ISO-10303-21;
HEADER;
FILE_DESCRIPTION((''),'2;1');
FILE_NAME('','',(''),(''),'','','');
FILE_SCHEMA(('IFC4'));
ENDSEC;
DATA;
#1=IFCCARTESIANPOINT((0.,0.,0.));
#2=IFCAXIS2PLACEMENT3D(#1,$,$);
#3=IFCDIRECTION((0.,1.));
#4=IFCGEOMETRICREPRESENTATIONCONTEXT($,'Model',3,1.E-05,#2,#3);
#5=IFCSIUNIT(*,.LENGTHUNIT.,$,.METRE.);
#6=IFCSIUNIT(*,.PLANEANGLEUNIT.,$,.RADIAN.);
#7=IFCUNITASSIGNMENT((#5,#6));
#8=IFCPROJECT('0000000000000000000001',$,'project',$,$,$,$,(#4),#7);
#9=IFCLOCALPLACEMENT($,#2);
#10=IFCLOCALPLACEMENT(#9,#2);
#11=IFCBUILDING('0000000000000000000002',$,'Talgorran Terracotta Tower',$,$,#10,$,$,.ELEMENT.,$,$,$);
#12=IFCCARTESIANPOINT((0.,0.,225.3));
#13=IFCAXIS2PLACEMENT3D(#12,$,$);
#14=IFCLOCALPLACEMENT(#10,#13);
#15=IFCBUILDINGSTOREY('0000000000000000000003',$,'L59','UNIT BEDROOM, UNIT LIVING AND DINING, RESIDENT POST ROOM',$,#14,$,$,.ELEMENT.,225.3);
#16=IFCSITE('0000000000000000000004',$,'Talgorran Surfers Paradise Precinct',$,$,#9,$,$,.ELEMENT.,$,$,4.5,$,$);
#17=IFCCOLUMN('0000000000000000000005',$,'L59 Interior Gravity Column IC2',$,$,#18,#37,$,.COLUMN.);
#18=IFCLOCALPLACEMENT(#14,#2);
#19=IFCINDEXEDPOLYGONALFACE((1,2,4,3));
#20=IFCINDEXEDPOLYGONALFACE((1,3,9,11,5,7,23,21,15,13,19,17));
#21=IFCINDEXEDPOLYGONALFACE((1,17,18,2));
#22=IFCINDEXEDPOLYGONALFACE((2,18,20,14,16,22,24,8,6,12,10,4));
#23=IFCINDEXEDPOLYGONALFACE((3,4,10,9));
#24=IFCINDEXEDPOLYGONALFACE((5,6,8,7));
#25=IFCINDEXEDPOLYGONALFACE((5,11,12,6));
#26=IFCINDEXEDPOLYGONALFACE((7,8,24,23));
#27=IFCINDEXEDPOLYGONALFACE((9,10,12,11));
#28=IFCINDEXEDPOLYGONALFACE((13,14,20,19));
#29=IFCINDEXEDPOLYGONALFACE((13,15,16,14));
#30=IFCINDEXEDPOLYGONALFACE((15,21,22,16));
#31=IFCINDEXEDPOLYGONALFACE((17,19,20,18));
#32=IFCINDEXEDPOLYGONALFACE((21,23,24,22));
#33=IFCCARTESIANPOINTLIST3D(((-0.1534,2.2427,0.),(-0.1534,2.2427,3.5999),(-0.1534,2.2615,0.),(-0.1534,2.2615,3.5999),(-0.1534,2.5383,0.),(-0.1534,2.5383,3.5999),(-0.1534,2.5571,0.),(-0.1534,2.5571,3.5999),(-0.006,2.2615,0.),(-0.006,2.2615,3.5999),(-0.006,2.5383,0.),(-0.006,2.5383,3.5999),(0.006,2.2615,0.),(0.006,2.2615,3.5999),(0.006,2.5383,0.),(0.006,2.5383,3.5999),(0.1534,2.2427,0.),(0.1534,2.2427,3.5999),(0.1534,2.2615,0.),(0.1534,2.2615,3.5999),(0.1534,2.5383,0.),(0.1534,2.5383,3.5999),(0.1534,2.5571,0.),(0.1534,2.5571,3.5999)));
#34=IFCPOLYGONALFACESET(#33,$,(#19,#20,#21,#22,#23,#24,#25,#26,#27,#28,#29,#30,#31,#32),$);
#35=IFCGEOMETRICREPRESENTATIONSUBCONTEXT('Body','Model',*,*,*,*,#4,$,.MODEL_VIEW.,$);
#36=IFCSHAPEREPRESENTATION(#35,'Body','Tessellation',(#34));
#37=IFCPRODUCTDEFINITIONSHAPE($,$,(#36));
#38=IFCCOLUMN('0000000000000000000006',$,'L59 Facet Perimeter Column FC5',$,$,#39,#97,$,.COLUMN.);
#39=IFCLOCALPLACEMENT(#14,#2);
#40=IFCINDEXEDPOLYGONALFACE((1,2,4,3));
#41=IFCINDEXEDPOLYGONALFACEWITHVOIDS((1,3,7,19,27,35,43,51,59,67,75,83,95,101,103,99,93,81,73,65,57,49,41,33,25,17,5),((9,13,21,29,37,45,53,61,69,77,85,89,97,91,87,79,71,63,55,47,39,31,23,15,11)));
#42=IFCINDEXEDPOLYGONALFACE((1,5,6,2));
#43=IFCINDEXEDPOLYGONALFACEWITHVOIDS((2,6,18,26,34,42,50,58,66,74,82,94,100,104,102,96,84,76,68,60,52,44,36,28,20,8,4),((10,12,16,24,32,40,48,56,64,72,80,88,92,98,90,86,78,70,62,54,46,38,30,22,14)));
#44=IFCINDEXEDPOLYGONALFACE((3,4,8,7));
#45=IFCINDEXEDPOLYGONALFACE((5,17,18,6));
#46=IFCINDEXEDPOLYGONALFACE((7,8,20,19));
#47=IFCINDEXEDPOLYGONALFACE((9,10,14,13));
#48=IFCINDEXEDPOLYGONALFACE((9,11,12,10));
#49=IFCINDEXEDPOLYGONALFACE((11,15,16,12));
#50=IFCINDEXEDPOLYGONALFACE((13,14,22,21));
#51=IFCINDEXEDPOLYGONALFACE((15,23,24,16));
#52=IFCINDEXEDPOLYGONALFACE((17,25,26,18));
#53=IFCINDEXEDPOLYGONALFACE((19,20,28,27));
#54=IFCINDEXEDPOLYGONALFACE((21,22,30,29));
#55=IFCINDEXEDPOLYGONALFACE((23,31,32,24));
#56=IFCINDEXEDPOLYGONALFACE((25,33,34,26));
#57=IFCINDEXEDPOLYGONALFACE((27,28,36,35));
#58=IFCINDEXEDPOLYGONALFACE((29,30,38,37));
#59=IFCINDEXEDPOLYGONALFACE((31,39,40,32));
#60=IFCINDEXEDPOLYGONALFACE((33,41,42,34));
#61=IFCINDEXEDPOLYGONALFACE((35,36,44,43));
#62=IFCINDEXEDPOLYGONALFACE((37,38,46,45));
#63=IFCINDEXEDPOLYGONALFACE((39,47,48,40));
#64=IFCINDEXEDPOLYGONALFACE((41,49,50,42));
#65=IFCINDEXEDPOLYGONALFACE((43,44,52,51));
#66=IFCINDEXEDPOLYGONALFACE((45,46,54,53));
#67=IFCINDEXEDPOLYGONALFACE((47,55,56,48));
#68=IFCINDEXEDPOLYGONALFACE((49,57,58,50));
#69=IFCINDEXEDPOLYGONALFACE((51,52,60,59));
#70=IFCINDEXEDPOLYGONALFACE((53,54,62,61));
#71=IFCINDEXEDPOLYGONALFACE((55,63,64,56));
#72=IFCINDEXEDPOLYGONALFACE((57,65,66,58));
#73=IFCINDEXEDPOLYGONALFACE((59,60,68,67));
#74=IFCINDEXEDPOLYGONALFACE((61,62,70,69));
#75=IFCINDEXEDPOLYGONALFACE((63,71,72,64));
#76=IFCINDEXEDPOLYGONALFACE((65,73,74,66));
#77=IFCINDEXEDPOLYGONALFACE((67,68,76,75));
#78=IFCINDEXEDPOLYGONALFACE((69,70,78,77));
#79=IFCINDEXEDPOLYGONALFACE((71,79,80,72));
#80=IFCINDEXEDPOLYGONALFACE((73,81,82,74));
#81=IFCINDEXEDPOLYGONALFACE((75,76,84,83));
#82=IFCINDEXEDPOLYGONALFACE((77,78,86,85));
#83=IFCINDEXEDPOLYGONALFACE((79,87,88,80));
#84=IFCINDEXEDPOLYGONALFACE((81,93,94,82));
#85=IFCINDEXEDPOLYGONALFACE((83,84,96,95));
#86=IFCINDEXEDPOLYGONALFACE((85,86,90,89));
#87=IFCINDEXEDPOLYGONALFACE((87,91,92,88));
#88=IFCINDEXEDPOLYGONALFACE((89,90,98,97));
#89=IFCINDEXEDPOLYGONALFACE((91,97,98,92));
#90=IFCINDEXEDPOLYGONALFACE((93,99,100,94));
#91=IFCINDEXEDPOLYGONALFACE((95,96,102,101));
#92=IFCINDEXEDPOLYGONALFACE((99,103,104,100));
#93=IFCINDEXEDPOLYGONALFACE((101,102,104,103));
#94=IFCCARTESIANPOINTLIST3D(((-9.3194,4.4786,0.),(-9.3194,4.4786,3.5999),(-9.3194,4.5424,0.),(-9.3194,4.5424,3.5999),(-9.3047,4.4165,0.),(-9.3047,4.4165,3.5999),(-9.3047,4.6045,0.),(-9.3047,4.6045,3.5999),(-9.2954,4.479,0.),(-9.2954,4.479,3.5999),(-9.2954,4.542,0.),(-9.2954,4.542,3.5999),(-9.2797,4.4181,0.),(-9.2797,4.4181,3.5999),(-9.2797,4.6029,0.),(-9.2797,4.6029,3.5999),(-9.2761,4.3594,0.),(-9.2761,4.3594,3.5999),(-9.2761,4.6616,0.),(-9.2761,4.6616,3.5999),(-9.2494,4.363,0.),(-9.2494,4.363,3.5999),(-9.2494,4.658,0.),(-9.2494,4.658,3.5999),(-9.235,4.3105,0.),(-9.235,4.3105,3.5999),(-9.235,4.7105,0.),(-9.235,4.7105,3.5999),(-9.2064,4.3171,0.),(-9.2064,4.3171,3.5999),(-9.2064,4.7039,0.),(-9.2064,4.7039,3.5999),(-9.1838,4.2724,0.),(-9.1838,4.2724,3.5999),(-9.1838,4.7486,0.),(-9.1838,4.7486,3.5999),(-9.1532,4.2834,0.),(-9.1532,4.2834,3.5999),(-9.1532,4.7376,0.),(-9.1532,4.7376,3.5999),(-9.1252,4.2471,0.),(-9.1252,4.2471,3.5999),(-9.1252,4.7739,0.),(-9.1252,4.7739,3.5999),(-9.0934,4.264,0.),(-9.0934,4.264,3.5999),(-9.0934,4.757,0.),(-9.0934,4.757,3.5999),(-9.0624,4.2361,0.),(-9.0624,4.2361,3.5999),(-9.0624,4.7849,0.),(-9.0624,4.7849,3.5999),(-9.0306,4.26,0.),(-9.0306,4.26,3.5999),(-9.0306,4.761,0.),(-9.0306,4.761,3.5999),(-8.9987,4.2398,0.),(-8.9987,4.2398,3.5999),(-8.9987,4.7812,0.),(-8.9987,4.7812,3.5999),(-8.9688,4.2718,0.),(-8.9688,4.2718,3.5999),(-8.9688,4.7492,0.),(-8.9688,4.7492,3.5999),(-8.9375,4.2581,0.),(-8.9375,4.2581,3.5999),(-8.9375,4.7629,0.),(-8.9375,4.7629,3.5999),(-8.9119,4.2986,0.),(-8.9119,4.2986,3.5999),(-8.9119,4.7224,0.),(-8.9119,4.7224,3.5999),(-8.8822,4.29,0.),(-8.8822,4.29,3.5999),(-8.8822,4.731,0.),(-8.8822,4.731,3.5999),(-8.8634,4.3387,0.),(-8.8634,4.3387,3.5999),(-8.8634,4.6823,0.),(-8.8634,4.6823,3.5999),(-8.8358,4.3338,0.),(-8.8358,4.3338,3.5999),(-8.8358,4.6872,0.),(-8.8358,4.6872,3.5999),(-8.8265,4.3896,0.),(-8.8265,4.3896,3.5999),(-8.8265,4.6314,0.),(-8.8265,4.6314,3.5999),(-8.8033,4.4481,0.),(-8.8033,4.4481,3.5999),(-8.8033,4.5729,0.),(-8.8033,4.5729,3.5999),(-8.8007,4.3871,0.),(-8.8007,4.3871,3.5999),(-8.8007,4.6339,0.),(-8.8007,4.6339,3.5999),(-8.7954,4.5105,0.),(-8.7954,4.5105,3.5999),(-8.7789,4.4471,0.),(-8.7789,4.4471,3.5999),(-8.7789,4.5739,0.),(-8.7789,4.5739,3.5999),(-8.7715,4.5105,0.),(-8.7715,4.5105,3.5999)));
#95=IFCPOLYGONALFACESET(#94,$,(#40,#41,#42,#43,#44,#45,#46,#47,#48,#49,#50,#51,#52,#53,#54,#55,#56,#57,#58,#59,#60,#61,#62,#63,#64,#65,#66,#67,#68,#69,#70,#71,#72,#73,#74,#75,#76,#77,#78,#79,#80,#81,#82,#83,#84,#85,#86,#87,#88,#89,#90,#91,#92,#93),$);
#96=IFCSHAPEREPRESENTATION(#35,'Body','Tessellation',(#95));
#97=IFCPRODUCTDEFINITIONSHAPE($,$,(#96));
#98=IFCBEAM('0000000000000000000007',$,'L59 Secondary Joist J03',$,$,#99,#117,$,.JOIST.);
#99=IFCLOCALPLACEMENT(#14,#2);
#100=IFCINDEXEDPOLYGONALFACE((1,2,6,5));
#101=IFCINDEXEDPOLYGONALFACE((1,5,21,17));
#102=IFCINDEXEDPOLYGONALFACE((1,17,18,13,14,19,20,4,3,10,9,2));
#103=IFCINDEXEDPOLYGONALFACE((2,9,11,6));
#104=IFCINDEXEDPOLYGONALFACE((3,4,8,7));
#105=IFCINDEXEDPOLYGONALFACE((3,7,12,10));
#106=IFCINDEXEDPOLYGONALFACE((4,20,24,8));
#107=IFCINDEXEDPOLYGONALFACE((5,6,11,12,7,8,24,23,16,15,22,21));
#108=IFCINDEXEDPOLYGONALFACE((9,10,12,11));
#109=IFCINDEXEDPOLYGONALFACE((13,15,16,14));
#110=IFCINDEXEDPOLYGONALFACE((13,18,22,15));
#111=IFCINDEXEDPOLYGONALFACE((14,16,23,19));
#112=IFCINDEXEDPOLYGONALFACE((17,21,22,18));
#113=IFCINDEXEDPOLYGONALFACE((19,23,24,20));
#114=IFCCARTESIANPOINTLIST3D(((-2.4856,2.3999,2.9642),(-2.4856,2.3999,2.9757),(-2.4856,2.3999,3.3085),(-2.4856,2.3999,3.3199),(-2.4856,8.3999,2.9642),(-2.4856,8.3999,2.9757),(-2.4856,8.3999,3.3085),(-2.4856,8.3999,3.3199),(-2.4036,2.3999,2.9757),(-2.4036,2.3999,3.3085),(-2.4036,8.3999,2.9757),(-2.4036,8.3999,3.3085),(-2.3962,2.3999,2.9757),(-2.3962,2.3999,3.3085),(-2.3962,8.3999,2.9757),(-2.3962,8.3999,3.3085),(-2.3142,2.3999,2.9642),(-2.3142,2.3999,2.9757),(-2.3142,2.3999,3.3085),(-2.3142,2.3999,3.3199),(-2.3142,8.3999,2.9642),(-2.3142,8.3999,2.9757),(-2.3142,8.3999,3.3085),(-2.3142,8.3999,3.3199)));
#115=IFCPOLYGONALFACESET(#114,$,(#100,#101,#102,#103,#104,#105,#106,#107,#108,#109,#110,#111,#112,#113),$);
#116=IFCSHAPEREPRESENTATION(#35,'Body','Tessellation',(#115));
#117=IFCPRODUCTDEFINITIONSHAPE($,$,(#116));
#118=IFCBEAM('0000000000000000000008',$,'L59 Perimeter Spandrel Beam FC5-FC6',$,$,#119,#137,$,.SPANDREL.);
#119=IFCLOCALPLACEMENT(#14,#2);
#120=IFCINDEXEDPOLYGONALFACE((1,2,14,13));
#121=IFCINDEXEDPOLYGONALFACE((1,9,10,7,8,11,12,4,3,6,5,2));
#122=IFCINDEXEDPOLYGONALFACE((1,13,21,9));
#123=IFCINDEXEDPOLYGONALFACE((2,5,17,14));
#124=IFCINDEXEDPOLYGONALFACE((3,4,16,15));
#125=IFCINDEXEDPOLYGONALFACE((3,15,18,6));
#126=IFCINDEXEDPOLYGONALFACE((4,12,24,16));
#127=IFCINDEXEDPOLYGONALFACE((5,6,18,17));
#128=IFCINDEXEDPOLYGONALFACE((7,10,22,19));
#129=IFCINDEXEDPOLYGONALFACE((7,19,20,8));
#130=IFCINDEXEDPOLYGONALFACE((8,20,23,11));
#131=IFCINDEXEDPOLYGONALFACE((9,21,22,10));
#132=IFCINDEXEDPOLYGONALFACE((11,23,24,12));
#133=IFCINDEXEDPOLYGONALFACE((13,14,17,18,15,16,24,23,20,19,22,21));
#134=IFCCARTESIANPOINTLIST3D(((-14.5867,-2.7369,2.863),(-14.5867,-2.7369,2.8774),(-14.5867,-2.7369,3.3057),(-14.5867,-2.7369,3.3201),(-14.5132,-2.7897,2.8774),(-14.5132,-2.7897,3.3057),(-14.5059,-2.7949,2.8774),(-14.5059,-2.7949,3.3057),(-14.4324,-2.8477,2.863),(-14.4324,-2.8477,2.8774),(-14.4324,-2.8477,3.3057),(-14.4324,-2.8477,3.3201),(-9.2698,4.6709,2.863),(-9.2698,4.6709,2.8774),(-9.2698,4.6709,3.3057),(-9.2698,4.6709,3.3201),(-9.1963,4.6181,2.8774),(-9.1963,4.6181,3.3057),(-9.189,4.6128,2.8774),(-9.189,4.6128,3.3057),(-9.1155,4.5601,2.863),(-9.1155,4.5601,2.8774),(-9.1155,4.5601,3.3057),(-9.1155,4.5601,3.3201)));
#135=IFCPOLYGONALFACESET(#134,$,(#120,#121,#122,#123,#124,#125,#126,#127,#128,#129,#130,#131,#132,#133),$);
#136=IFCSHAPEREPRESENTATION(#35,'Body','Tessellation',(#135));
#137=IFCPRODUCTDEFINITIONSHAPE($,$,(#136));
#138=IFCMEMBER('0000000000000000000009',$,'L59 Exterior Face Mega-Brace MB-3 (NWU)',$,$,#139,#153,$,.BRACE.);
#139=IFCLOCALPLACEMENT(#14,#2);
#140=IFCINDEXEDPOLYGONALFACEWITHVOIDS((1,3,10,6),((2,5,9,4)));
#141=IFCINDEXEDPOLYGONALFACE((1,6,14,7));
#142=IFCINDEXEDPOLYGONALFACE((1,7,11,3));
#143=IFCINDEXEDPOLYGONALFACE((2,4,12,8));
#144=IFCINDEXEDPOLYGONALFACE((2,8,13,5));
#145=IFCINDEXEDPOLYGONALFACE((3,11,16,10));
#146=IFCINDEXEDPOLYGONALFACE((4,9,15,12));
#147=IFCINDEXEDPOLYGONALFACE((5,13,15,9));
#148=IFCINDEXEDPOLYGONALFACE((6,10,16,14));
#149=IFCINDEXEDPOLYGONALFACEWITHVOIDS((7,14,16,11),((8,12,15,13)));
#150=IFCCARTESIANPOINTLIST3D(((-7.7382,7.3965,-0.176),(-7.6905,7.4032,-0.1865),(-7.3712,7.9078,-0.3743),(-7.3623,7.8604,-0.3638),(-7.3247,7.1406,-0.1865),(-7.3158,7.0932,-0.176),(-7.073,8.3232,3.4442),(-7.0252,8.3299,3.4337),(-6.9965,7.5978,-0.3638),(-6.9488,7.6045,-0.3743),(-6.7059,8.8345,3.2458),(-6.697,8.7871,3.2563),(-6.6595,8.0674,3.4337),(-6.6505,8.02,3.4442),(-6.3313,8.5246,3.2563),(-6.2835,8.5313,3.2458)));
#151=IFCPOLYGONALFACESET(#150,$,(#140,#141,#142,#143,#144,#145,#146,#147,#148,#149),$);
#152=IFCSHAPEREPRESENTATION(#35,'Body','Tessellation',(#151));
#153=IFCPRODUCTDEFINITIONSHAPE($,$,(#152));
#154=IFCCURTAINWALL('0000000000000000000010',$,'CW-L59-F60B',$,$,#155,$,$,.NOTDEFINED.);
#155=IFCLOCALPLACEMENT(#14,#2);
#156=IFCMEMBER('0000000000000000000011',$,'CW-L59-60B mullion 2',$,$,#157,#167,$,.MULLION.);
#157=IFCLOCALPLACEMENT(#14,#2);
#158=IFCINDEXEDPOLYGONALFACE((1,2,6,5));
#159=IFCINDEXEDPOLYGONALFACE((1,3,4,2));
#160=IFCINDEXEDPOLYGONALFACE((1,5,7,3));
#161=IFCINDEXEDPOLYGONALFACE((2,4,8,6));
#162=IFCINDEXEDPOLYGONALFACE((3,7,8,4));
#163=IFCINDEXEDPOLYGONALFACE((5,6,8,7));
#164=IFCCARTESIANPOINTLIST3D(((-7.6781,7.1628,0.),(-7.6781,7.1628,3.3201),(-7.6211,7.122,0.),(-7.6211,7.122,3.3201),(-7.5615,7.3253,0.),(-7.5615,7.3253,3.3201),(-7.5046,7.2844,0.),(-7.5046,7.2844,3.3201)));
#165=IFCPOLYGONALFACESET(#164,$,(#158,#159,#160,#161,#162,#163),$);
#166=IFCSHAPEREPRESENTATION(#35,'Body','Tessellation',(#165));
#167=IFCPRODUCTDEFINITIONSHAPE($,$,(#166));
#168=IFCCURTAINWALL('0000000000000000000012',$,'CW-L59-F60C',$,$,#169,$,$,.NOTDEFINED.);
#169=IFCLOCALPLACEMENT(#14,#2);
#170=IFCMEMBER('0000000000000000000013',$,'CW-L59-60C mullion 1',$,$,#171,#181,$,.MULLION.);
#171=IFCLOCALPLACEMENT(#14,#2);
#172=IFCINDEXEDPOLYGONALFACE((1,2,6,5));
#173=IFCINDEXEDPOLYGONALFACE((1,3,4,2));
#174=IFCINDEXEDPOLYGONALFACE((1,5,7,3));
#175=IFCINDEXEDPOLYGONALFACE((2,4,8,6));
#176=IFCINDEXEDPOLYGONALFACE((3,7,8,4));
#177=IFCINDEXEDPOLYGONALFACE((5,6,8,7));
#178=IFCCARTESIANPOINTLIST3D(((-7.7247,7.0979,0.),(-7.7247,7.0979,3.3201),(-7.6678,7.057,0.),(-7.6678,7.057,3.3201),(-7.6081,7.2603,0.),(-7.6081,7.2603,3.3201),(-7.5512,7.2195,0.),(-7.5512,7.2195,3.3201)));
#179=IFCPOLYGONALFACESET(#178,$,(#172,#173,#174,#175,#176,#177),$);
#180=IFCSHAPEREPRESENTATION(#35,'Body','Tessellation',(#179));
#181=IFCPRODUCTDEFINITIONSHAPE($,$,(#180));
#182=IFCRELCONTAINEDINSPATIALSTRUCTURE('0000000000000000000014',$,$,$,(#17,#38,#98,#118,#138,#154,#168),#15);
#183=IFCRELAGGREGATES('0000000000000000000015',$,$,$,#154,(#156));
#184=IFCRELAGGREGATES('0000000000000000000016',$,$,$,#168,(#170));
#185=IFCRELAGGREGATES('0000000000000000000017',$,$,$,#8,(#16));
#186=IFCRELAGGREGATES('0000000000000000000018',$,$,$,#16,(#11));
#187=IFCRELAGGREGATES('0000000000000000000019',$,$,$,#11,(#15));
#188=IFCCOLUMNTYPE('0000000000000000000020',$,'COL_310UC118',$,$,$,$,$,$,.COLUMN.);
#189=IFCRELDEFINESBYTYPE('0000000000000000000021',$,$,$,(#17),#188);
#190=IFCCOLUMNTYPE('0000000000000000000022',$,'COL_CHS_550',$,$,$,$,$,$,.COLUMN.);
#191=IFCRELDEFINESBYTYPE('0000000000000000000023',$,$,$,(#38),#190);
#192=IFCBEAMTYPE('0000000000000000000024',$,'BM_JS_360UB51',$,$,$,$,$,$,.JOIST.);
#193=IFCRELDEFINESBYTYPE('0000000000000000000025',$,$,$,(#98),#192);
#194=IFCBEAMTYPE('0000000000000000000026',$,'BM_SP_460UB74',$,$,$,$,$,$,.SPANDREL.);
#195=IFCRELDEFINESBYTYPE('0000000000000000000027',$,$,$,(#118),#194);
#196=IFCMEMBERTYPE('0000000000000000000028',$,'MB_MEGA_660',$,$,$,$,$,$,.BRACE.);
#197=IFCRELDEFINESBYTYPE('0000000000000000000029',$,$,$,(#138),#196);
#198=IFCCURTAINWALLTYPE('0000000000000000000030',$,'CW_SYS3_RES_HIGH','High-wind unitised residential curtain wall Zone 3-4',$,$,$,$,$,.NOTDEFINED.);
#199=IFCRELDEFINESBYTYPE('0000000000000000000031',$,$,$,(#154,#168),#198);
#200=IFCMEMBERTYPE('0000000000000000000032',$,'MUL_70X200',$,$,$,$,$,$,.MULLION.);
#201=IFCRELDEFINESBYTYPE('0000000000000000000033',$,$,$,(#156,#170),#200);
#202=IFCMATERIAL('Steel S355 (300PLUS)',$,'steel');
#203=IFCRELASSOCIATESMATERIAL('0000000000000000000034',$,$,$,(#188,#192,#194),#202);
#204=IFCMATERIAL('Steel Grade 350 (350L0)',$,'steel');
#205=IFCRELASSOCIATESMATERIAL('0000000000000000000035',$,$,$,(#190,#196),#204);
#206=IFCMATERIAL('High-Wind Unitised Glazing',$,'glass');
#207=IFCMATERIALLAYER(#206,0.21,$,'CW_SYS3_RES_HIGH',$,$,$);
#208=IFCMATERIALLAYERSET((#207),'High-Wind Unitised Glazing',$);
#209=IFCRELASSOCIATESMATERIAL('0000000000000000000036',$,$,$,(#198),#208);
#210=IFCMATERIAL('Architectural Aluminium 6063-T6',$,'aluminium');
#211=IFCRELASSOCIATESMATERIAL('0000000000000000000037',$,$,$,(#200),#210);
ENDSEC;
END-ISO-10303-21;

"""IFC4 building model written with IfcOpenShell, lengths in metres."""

from ifc_helpers import new_model, si_unit, direction, frame, origin, origin_2d, place, context, subcontext, project, spatial, rectangle, hollow_rectangle, hollow_circle, i_section, extrude, material, layer, layer_set, material_profile, profile_set, type_object, element, aggregate, save


model = new_model("IFC4")

# Units and contexts
model_context = context("Model", 3, precision=1e-05, world=origin(), true_north=direction((0.0, 1.0)))
body_context = subcontext(model_context, "Body", "Model", "MODEL_VIEW")
ifc_project = project(units=[si_unit("LENGTHUNIT", "METRE"), si_unit("PLANEANGLEUNIT", "RADIAN")], contexts=[model_context])

# Site, building, storey
site_placement = place(None, origin())
site = spatial("IfcSite", under=ifc_project, at=site_placement, Name="Talgorran Surfers Paradise Precinct", CompositionType="ELEMENT", RefElevation=4.5)
building_placement = place(site_placement, origin())
building = spatial("IfcBuilding", under=site, at=building_placement, Name="Talgorran Terracotta Tower", CompositionType="ELEMENT")
storey_placement = place(building_placement, frame((0.0, 0.0, 225.3)))
storey = spatial("IfcBuildingStorey", under=building, at=storey_placement, Name="L59", Description="UNIT BEDROOM, UNIT LIVING AND DINING, RESIDENT POST ROOM", CompositionType="ELEMENT", Elevation=225.3)

# Columns
ifc_material_1 = material(Name="Steel S355 (300PLUS)", Category="steel")
ifc_material_profile_1 = material_profile(ifc_material_1, i_section(OverallWidth=0.3069, OverallDepth=0.3145, WebThickness=0.012, FlangeThickness=0.0188, at=origin_2d()), Name="310UC118")
ifc_profile_set_1 = profile_set([ifc_material_profile_1], Name="Steel S355 (300PLUS)")
column_type_1 = type_object("IfcColumnType", Name="COL_310UC118", PredefinedType="COLUMN", material=ifc_profile_set_1)
column_1_placement = place(storey_placement, frame((0.0, 2.3999, 0.0), z_axis=(0.0, 0.0, 1.0), x_axis=(1.0, 0.0, 0.0)))
element("IfcColumn", 1, at=column_1_placement, inside=storey, type_object=column_type_1, Name="L59 Interior Gravity Column IC2", PredefinedType="COLUMN", context=body_context, shape_type="SweptSolid", body=[
    extrude(i_section(OverallWidth=0.3069, OverallDepth=0.3145, WebThickness=0.012, FlangeThickness=0.0188, at=origin_2d()), origin(), (0.0, 0.0, 1.0), 3.5999),
])
ifc_material_2 = material(Name="Steel Grade 350 (350L0)", Category="steel")
ifc_material_profile_2 = material_profile(ifc_material_2, hollow_circle(Radius=0.2749, WallThickness=0.0239, at=origin_2d()), Name="CHS550X24")
ifc_profile_set_2 = profile_set([ifc_material_profile_2], Name="Steel Grade 350 (350L0)")
column_type_2 = type_object("IfcColumnType", Name="COL_CHS_550", PredefinedType="COLUMN", material=ifc_profile_set_2)
column_2_placement = place(storey_placement, frame((-9.0464, 4.5105, 0.0), z_axis=(0.0, 0.0, 1.0), x_axis=(1.0, 0.0, 0.0)))
element("IfcColumn", 2, at=column_2_placement, inside=storey, type_object=column_type_2, Name="L59 Facet Perimeter Column FC5", PredefinedType="COLUMN", context=body_context, shape_type="SweptSolid", body=[
    extrude(hollow_circle(Radius=0.2749, WallThickness=0.0239, at=origin_2d()), origin(), (0.0, 0.0, 1.0), 3.5999),
])

# Beams
ifc_material_profile_3 = material_profile(ifc_material_1, i_section(OverallWidth=0.1714, OverallDepth=0.3557, WebThickness=0.0073, FlangeThickness=0.0115, at=origin_2d()), Name="360UB50.7")
ifc_profile_set_3 = profile_set([ifc_material_profile_3], Name="Steel S355 (300PLUS)")
beam_type_1 = type_object("IfcBeamType", Name="BM_JS_360UB51", PredefinedType="JOIST", material=ifc_profile_set_3)
beam_1_placement = place(storey_placement, frame((-2.3999, 2.3999, 3.1421), z_axis=(0.0, 1.0, 0.0), x_axis=(-1.0, 0.0, 0.0)))
element("IfcBeam", 3, at=beam_1_placement, inside=storey, type_object=beam_type_1, Name="L59 Secondary Joist J03", PredefinedType="JOIST", context=body_context, shape_type="SweptSolid", body=[
    extrude(i_section(OverallWidth=0.1714, OverallDepth=0.3557, WebThickness=0.0073, FlangeThickness=0.0115, at=origin_2d()), origin(), (0.0, 0.0, 1.0), 6.0),
])
ifc_material_profile_4 = material_profile(ifc_material_1, i_section(OverallWidth=0.1899, OverallDepth=0.457, WebThickness=0.009, FlangeThickness=0.0144, at=origin_2d()), Name="460UB74.6")
ifc_profile_set_4 = profile_set([ifc_material_profile_4], Name="Steel S355 (300PLUS)")
beam_type_2 = type_object("IfcBeamType", Name="BM_SP_460UB74", PredefinedType="SPANDREL", material=ifc_profile_set_4)
beam_2_placement = place(storey_placement, frame((-9.1926, 4.6155, 3.0916), z_axis=(-0.583101, -0.8124, 0.0), x_axis=(0.8124, -0.583101, 0.0)))
element("IfcBeam", 4, at=beam_2_placement, inside=storey, type_object=beam_type_2, Name="L59 Perimeter Spandrel Beam FC5-FC6", PredefinedType="SPANDREL", context=body_context, shape_type="SweptSolid", body=[
    extrude(i_section(OverallWidth=0.1899, OverallDepth=0.457, WebThickness=0.009, FlangeThickness=0.0144, at=origin_2d()), origin(), (0.0, 0.0, 1.0), 9.1184),
])

# Member
ifc_material_profile_5 = material_profile(ifc_material_2, hollow_rectangle(XDim=0.52, YDim=0.6599, WallThickness=0.0349, at=origin_2d()), Name="WBOX660X520X35")
ifc_profile_set_5 = profile_set([ifc_material_profile_5], Name="Steel Grade 350 (350L0)")
member_type_1 = type_object("IfcMemberType", Name="MB_MEGA_660", PredefinedType="BRACE", material=ifc_profile_set_5)
member_1_placement = place(storey_placement, frame((-7.3435, 7.5005, -0.2751), z_axis=(0.175277, 0.244165, 0.953762), x_axis=(-0.812358, 0.58316, 0.0)))
element("IfcMember", 5, at=member_1_placement, inside=storey, type_object=member_type_1, Name="L59 Exterior Face Mega-Brace MB-3 (NWU)", PredefinedType="BRACE", context=body_context, shape_type="SweptSolid", body=[
    extrude(hollow_rectangle(XDim=0.52, YDim=0.6599, WallThickness=0.0349, at=origin_2d()), origin(), (0.0, 0.0, 1.0), 3.7957),
])

# Curtain wall, member
ifc_material_3 = material(Name="High-Wind Unitised Glazing", Category="glass")
ifc_layer_1 = layer(ifc_material_3, 0.21, Name="CW_SYS3_RES_HIGH")
ifc_layer_set_1 = layer_set([ifc_layer_1], Name="High-Wind Unitised Glazing")
curtain_wall_type = type_object("IfcCurtainWallType", Name="CW_SYS3_RES_HIGH", Description="High-wind unitised residential curtain wall Zone 3-4", PredefinedType="NOTDEFINED", material=ifc_layer_set_1)
curtain_wall_1_placement = place(storey_placement, origin())
curtain_wall_1 = element("IfcCurtainWall", 6, at=curtain_wall_1_placement, inside=storey, type_object=curtain_wall_type, Name="CW-L59-F60B", PredefinedType="NOTDEFINED")
ifc_material_4 = material(Name="Architectural Aluminium 6063-T6", Category="aluminium")
ifc_material_profile_6 = material_profile(ifc_material_4, rectangle(XDim=0.0701, YDim=0.2, at=origin_2d()), Name="CWM70X200")
ifc_profile_set_6 = profile_set([ifc_material_profile_6], Name="Architectural Aluminium 6063-T6")
member_type_2 = type_object("IfcMemberType", Name="MUL_70X200", PredefinedType="MULLION", material=ifc_profile_set_6)
member_2_placement = place(storey_placement, frame((-7.5913, 7.2236, 0.0), z_axis=(0.0, 0.0, 1.0), x_axis=(0.81241, -0.583086, 0.0)))
member_2 = element("IfcMember", 7, at=member_2_placement, type_object=member_type_2, Name="CW-L59-60B mullion 2", PredefinedType="MULLION", context=body_context, shape_type="SweptSolid", body=[
    extrude(rectangle(XDim=0.0701, YDim=0.2, at=origin_2d()), origin(), (0.0, 0.0, 1.0), 3.3201),
])

# Curtain wall, member
curtain_wall_2_placement = place(storey_placement, origin())
curtain_wall_2 = element("IfcCurtainWall", 8, at=curtain_wall_2_placement, inside=storey, type_object=curtain_wall_type, Name="CW-L59-F60C", PredefinedType="NOTDEFINED")
member_3_placement = place(storey_placement, frame((-7.6379, 7.1587, 0.0), z_axis=(0.0, 0.0, 1.0), x_axis=(0.812394, -0.583109, 0.0)))
member_3 = element("IfcMember", 9, at=member_3_placement, type_object=member_type_2, Name="CW-L59-60C mullion 1", PredefinedType="MULLION", context=body_context, shape_type="SweptSolid", body=[
    extrude(rectangle(XDim=0.0701, YDim=0.2, at=origin_2d()), origin(), (0.0, 0.0, 1.0), 3.3201),
])

aggregate(curtain_wall_1, [member_2])
aggregate(curtain_wall_2, [member_3])

save(model, "model.ifc")
